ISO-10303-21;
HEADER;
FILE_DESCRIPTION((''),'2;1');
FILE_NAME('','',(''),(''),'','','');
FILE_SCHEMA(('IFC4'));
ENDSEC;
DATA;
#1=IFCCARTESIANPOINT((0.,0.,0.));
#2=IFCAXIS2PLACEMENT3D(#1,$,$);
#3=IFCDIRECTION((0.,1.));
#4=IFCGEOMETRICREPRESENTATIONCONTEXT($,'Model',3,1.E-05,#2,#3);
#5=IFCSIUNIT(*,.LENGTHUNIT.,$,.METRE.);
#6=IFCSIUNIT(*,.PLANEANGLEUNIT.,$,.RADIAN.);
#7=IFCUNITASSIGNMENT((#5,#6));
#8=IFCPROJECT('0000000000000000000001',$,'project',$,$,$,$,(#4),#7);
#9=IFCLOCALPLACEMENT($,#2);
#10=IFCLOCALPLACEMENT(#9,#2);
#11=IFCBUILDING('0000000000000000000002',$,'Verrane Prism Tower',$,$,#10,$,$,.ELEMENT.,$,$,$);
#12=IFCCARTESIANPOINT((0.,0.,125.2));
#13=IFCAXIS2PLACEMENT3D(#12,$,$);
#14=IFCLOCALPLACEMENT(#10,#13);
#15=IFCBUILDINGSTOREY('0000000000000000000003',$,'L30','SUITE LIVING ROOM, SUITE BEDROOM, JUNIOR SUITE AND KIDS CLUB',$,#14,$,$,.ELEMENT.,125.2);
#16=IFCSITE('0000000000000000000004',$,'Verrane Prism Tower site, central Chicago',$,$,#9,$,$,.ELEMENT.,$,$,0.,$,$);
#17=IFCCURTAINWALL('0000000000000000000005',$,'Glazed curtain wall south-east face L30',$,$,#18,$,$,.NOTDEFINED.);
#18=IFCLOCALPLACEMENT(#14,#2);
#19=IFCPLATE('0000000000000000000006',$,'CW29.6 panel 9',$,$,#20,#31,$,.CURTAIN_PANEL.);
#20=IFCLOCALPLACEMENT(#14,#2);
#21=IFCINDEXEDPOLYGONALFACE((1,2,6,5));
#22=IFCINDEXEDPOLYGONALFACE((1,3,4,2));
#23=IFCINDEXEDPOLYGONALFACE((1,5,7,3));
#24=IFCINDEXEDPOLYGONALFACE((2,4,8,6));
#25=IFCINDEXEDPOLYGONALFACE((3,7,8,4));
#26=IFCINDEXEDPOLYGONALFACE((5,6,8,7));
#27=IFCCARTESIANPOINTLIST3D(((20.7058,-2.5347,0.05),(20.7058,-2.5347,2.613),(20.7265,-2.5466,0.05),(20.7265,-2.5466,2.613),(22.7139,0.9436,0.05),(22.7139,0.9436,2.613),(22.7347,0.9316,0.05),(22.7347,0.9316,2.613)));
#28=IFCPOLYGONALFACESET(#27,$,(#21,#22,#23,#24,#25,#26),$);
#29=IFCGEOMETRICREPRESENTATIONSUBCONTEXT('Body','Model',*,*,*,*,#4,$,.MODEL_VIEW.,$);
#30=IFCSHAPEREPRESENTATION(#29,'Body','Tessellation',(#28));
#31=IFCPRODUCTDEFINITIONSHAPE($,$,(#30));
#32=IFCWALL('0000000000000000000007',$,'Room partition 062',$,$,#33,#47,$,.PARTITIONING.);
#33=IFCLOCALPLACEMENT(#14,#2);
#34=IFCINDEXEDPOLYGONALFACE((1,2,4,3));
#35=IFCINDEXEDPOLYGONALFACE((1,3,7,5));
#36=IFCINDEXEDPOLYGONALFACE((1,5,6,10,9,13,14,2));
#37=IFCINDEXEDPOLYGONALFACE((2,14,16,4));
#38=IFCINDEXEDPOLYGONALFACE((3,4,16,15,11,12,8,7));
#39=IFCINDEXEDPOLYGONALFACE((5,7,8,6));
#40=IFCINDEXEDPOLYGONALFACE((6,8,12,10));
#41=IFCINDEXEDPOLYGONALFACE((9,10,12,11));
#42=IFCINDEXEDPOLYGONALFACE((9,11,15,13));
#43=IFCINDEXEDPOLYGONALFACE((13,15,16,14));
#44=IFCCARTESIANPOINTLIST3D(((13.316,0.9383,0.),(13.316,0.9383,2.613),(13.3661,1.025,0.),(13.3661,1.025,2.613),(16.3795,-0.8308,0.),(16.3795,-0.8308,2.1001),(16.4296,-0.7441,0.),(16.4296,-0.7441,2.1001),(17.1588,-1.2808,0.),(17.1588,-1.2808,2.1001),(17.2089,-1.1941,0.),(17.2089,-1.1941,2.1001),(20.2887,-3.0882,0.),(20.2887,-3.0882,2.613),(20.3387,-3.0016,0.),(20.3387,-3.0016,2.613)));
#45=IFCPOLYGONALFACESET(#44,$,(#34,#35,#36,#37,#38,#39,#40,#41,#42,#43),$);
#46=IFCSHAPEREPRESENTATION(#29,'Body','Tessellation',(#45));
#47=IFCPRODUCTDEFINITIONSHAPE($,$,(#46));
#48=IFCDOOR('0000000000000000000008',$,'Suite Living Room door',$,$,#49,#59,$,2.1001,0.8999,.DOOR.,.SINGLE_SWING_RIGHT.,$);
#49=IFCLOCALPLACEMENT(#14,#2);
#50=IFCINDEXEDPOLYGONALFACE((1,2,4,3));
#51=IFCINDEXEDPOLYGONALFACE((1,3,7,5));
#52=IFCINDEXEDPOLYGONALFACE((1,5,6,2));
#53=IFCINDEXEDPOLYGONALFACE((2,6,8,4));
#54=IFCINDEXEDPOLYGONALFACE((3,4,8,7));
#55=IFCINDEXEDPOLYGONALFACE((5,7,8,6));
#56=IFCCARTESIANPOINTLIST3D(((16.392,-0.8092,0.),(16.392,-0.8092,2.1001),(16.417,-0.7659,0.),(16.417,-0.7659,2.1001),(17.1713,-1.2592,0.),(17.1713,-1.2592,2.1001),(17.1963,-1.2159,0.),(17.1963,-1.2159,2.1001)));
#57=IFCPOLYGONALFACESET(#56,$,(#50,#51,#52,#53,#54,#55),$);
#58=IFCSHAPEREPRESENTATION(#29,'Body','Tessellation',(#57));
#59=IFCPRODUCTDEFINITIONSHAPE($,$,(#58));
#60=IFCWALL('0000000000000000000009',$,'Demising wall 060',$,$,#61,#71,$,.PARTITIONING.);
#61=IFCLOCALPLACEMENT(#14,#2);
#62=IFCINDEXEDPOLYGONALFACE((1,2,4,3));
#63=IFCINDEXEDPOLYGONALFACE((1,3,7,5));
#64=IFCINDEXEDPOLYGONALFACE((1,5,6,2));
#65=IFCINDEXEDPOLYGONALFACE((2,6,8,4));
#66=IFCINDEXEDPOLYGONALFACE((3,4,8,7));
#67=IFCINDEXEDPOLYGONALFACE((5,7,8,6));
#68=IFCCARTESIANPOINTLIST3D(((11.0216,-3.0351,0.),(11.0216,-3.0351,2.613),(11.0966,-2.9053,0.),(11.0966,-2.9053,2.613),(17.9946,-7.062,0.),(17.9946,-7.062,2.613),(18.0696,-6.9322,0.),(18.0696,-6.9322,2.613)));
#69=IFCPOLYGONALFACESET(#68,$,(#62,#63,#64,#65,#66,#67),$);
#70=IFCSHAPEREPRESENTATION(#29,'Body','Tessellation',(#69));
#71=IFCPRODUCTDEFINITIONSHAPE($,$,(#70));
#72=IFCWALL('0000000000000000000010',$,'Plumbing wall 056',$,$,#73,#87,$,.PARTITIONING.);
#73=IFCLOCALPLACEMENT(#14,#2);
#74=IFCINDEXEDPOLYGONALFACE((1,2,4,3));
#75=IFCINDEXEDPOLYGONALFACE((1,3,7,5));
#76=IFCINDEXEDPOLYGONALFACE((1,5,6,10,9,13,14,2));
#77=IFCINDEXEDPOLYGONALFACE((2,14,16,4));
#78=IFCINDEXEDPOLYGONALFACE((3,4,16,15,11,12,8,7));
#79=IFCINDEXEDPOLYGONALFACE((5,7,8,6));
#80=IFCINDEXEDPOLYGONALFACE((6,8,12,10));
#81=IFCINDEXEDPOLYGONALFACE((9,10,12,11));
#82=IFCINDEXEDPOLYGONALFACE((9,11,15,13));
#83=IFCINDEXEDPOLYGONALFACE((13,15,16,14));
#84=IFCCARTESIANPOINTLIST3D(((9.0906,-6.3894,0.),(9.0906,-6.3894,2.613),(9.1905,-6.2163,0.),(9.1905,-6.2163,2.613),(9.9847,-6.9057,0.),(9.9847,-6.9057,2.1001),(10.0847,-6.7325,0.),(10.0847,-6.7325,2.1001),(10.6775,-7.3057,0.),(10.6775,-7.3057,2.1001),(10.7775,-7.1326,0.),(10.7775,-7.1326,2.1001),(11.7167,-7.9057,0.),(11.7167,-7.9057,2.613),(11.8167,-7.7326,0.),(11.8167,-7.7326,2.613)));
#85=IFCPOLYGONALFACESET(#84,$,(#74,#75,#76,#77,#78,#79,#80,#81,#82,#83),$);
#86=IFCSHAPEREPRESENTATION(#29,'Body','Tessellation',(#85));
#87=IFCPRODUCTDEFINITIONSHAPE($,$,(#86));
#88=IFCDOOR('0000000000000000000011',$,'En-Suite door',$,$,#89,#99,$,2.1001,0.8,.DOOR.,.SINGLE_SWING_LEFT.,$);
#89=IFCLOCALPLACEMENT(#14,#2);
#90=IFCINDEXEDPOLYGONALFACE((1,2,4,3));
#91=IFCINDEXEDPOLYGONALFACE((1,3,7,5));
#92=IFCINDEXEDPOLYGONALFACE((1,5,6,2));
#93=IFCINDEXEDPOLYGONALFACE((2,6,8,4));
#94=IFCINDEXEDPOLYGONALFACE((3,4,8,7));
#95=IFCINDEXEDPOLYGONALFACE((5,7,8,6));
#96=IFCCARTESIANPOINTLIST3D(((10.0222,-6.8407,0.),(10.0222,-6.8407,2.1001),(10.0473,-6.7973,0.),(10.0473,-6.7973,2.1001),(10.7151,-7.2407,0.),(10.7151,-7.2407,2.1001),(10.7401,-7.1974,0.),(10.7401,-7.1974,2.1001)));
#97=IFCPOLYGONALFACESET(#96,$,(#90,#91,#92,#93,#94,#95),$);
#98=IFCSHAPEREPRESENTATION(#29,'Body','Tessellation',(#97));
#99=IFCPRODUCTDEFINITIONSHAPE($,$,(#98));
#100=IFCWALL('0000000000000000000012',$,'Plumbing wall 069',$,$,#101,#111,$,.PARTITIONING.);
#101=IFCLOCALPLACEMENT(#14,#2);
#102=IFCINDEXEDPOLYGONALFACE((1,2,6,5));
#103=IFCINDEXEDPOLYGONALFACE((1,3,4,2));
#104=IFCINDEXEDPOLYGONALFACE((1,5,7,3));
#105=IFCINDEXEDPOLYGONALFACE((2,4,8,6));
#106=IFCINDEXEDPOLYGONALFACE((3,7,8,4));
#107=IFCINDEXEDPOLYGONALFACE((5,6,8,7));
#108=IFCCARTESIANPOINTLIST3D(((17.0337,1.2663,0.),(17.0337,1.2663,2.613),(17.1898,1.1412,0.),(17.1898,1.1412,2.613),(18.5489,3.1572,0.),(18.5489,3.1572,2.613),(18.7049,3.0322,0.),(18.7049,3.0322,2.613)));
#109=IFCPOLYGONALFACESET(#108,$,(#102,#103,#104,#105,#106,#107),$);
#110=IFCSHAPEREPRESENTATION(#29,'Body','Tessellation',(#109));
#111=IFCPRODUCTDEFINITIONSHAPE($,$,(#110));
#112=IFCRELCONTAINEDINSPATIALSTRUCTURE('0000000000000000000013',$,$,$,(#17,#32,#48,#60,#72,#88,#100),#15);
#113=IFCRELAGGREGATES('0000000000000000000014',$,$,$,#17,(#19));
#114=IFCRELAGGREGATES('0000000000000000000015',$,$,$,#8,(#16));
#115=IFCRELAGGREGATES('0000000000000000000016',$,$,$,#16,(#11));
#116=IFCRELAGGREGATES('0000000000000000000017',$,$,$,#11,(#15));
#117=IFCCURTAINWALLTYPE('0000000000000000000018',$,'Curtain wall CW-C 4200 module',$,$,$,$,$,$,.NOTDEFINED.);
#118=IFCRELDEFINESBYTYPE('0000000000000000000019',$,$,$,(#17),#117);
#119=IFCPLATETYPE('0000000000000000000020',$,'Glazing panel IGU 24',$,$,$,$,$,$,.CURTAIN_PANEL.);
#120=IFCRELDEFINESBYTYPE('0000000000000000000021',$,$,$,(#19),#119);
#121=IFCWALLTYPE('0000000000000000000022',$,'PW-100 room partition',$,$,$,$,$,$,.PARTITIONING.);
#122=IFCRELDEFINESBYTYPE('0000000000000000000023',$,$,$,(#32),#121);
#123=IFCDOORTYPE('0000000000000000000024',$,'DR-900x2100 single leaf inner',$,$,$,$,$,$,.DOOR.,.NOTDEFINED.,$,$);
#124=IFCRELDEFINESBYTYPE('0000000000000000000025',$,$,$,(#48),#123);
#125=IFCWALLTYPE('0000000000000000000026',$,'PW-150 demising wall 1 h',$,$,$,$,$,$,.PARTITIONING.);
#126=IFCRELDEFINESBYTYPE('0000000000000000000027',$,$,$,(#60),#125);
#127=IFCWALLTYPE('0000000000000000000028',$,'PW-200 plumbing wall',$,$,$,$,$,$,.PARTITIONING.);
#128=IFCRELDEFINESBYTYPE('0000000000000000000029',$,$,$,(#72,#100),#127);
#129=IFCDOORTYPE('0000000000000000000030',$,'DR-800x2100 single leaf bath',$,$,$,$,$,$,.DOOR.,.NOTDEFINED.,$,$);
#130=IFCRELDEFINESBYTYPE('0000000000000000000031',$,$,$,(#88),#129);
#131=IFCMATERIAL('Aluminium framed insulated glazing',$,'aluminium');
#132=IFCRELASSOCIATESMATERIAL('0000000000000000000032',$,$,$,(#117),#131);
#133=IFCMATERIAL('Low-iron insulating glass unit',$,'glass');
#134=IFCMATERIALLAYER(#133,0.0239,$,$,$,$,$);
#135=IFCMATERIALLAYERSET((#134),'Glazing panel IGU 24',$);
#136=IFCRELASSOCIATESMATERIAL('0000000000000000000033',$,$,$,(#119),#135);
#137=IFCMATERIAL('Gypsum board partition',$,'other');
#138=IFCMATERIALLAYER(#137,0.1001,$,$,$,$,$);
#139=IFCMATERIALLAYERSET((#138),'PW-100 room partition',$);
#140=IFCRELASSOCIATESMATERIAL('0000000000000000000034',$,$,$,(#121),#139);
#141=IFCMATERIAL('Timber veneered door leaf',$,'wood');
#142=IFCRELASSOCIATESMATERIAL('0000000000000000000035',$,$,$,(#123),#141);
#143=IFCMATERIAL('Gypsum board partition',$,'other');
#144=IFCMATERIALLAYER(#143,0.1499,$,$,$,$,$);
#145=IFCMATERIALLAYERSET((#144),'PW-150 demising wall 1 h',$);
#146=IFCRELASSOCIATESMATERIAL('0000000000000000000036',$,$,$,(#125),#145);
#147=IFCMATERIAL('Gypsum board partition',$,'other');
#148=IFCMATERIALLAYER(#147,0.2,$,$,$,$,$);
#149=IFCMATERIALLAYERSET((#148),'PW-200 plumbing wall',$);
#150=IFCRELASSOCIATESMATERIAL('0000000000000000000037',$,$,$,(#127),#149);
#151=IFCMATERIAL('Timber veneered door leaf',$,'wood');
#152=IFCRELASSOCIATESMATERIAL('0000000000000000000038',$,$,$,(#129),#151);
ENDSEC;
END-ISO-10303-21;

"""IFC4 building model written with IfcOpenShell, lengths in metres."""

from ifc_helpers import new_model, si_unit, direction, frame, frame_2d, origin, origin_2d, place, context, subcontext, project, spatial, rectangle, extrude, material, layer, layer_set, type_object, element, fill, aggregate, save


model = new_model("IFC4")

# Units and contexts
model_context = context("Model", 3, precision=1e-05, world=origin(), true_north=direction((0.0, 1.0)))
body_context = subcontext(model_context, "Body", "Model", "MODEL_VIEW")
ifc_project = project(units=[si_unit("LENGTHUNIT", "METRE"), si_unit("PLANEANGLEUNIT", "RADIAN")], contexts=[model_context])

# Site, building, storey
site_placement = place(None, origin())
site = spatial("IfcSite", under=ifc_project, at=site_placement, Name="Verrane Prism Tower site, central Chicago", CompositionType="ELEMENT", RefElevation=0.0)
building_placement = place(site_placement, origin())
building = spatial("IfcBuilding", under=site, at=building_placement, Name="Verrane Prism Tower", CompositionType="ELEMENT")
storey_placement = place(building_placement, frame((0.0, 0.0, 125.2)))
storey = spatial("IfcBuildingStorey", under=building, at=storey_placement, Name="L30", Description="SUITE LIVING ROOM, SUITE BEDROOM, JUNIOR SUITE AND KIDS CLUB", CompositionType="ELEMENT", Elevation=125.2)

# Curtain wall
ifc_material_1 = material(Name="Aluminium framed insulated glazing", Category="aluminium")
curtain_wall_type = type_object("IfcCurtainWallType", Name="Curtain wall CW-C 4200 module", PredefinedType="NOTDEFINED", material=ifc_material_1)
curtain_wall_placement = place(storey_placement, origin())
curtain_wall = element("IfcCurtainWall", 1, at=curtain_wall_placement, inside=storey, type_object=curtain_wall_type, Name="Glazed curtain wall south-east face L30", PredefinedType="NOTDEFINED")

# Plate
ifc_material_2 = material(Name="Low-iron insulating glass unit", Category="glass")
ifc_layer_1 = layer(ifc_material_2, 0.0239)
ifc_layer_set_1 = layer_set([ifc_layer_1], Name="Glazing panel IGU 24")
plate_type = type_object("IfcPlateType", Name="Glazing panel IGU 24", PredefinedType="CURTAIN_PANEL", material=ifc_layer_set_1)
plate_1_placement = place(storey_placement, frame((21.7202, -0.8015, 0.05), z_axis=(0.0, 0.0, 1.0), x_axis=(0.5, 0.866025, 0.0)))
plate_1 = element("IfcPlate", 2, at=plate_1_placement, type_object=plate_type, Name="CW29.6 panel 9", PredefinedType="CURTAIN_PANEL", context=body_context, shape_type="SweptSolid", body=[
    extrude(rectangle(XDim=4.0164, YDim=0.0239, at=origin_2d()), origin(), (0.0, 0.0, 1.0), 2.563),
])
aggregate(curtain_wall, [plate_1])

# Wall, opening, door
ifc_material_3 = material(Name="Gypsum board partition", Category="other")
ifc_layer_2 = layer(ifc_material_3, 0.1001)
ifc_layer_set_2 = layer_set([ifc_layer_2], Name="PW-100 room partition")
wall_type_1 = type_object("IfcWallType", Name="PW-100 room partition", PredefinedType="PARTITIONING", material=ifc_layer_set_2)
wall_1_placement = place(storey_placement, frame((13.3411, 0.9817, 0.0), z_axis=(0.0, 0.0, 1.0), x_axis=(0.865975, -0.500088, 0.0)))
wall_1 = element("IfcWall", 3, at=wall_1_placement, inside=storey, type_object=wall_type_1, Name="Room partition 062", PredefinedType="PARTITIONING", context=body_context, shape_type="SweptSolid", body=[
    extrude(rectangle(XDim=8.0518, YDim=0.1001, at=frame_2d((4.0259, 0.0))), origin(), (0.0, 0.0, 1.0), 2.613),
])
opening_1_placement = place(wall_1_placement, frame((3.5376, 0.0, 0.0)))
opening_1 = element("IfcOpeningElement", 4, at=opening_1_placement, cuts=wall_1, PredefinedType="OPENING", context=body_context, shape_type="SweptSolid", body=[
    extrude(rectangle(XDim=0.8999, YDim=2.1001, at=frame_2d((0.45, 1.05))), frame((0.0, 0.0601, 0.0), z_axis=(0.0, -1.0, 0.0), x_axis=(1.0, 0.0, 0.0)), (0.0, 0.0, 1.0), 0.1201),
])
ifc_material_4 = material(Name="Timber veneered door leaf", Category="wood")
door_type_1 = type_object("IfcDoorType", Name="DR-900x2100 single leaf inner", OperationType="NOTDEFINED", PredefinedType="DOOR", material=ifc_material_4)
door_1_placement = place(opening_1_placement, origin())
door_1 = element("IfcDoor", 5, at=door_1_placement, inside=storey, type_object=door_type_1, Name="Suite Living Room door", OperationType="SINGLE_SWING_RIGHT", OverallHeight=2.1001, OverallWidth=0.8999, PredefinedType="DOOR", context=body_context, shape_type="SweptSolid", body=[
    extrude(rectangle(XDim=0.8999, YDim=2.1001, at=frame_2d((0.45, 1.05))), frame((0.0, 0.0249, 0.0), z_axis=(0.0, -1.0, 0.0), x_axis=(1.0, 0.0, 0.0)), (0.0, 0.0, 1.0), 0.05),
])
fill(opening_1, door_1)

# Wall
ifc_material_5 = material(Name="Gypsum board partition", Category="other")
ifc_layer_3 = layer(ifc_material_5, 0.1499)
ifc_layer_set_3 = layer_set([ifc_layer_3], Name="PW-150 demising wall 1 h")
wall_type_2 = type_object("IfcWallType", Name="PW-150 demising wall 1 h", PredefinedType="PARTITIONING", material=ifc_layer_set_3)
wall_2_placement = place(storey_placement, frame((11.0591, -2.9702, 0.0), z_axis=(0.0, 0.0, 1.0), x_axis=(0.865969, -0.500098, 0.0)))
element("IfcWall", 6, at=wall_2_placement, inside=storey, type_object=wall_type_2, Name="Demising wall 060", PredefinedType="PARTITIONING", context=body_context, shape_type="SweptSolid", body=[
    extrude(rectangle(XDim=8.0522, YDim=0.1499, at=frame_2d((4.0261, 0.0))), origin(), (0.0, 0.0, 1.0), 2.613),
])

# Wall, opening, door
ifc_material_6 = material(Name="Gypsum board partition", Category="other")
ifc_layer_4 = layer(ifc_material_6, 0.2)
ifc_layer_set_4 = layer_set([ifc_layer_4], Name="PW-200 plumbing wall")
wall_type_3 = type_object("IfcWallType", Name="PW-200 plumbing wall", PredefinedType="PARTITIONING", material=ifc_layer_set_4)
wall_3_placement = place(storey_placement, frame((11.7666, -7.8191, 0.0), z_axis=(0.0, 0.0, 1.0), x_axis=(-0.86601, 0.500027, 0.0)))
wall_3 = element("IfcWall", 7, at=wall_3_placement, inside=storey, type_object=wall_type_3, Name="Plumbing wall 056", PredefinedType="PARTITIONING", context=body_context, shape_type="SweptSolid", body=[
    extrude(rectangle(XDim=3.0325, YDim=0.2, at=frame_2d((1.5161, 0.0))), origin(), (0.0, 0.0, 1.0), 2.613),
])
opening_2_placement = place(wall_3_placement, frame((1.2, 0.0, 0.0)))
opening_2 = element("IfcOpeningElement", 8, at=opening_2_placement, cuts=wall_3, PredefinedType="OPENING", context=body_context, shape_type="SweptSolid", body=[
    extrude(rectangle(XDim=0.8, YDim=2.1001, at=frame_2d((0.3999, 1.05))), frame((0.0, 0.1099, 0.0), z_axis=(0.0, -1.0, 0.0), x_axis=(1.0, 0.0, 0.0)), (0.0, 0.0, 1.0), 0.22),
])
ifc_material_7 = material(Name="Timber veneered door leaf", Category="wood")
door_type_2 = type_object("IfcDoorType", Name="DR-800x2100 single leaf bath", OperationType="NOTDEFINED", PredefinedType="DOOR", material=ifc_material_7)
door_2_placement = place(opening_2_placement, origin())
door_2 = element("IfcDoor", 9, at=door_2_placement, inside=storey, type_object=door_type_2, Name="En-Suite door", OperationType="SINGLE_SWING_LEFT", OverallHeight=2.1001, OverallWidth=0.8, PredefinedType="DOOR", context=body_context, shape_type="SweptSolid", body=[
    extrude(rectangle(XDim=0.8, YDim=2.1001, at=frame_2d((0.3999, 1.05))), frame((0.0, 0.0249, 0.0), z_axis=(0.0, -1.0, 0.0), x_axis=(1.0, 0.0, 0.0)), (0.0, 0.0, 1.0), 0.05),
])
fill(opening_2, door_2)

# Wall
wall_4_placement = place(storey_placement, frame((17.1118, 1.2039, 0.0), z_axis=(0.0, 0.0, 1.0), x_axis=(0.625309, 0.780377, 0.0)))
element("IfcWall", 10, at=wall_4_placement, inside=storey, type_object=wall_type_3, Name="Plumbing wall 069", PredefinedType="PARTITIONING", context=body_context, shape_type="SweptSolid", body=[
    extrude(rectangle(XDim=2.4231, YDim=0.2, at=frame_2d((1.2114, 0.0))), origin(), (0.0, 0.0, 1.0), 2.613),
])

save(model, "model.ifc")
